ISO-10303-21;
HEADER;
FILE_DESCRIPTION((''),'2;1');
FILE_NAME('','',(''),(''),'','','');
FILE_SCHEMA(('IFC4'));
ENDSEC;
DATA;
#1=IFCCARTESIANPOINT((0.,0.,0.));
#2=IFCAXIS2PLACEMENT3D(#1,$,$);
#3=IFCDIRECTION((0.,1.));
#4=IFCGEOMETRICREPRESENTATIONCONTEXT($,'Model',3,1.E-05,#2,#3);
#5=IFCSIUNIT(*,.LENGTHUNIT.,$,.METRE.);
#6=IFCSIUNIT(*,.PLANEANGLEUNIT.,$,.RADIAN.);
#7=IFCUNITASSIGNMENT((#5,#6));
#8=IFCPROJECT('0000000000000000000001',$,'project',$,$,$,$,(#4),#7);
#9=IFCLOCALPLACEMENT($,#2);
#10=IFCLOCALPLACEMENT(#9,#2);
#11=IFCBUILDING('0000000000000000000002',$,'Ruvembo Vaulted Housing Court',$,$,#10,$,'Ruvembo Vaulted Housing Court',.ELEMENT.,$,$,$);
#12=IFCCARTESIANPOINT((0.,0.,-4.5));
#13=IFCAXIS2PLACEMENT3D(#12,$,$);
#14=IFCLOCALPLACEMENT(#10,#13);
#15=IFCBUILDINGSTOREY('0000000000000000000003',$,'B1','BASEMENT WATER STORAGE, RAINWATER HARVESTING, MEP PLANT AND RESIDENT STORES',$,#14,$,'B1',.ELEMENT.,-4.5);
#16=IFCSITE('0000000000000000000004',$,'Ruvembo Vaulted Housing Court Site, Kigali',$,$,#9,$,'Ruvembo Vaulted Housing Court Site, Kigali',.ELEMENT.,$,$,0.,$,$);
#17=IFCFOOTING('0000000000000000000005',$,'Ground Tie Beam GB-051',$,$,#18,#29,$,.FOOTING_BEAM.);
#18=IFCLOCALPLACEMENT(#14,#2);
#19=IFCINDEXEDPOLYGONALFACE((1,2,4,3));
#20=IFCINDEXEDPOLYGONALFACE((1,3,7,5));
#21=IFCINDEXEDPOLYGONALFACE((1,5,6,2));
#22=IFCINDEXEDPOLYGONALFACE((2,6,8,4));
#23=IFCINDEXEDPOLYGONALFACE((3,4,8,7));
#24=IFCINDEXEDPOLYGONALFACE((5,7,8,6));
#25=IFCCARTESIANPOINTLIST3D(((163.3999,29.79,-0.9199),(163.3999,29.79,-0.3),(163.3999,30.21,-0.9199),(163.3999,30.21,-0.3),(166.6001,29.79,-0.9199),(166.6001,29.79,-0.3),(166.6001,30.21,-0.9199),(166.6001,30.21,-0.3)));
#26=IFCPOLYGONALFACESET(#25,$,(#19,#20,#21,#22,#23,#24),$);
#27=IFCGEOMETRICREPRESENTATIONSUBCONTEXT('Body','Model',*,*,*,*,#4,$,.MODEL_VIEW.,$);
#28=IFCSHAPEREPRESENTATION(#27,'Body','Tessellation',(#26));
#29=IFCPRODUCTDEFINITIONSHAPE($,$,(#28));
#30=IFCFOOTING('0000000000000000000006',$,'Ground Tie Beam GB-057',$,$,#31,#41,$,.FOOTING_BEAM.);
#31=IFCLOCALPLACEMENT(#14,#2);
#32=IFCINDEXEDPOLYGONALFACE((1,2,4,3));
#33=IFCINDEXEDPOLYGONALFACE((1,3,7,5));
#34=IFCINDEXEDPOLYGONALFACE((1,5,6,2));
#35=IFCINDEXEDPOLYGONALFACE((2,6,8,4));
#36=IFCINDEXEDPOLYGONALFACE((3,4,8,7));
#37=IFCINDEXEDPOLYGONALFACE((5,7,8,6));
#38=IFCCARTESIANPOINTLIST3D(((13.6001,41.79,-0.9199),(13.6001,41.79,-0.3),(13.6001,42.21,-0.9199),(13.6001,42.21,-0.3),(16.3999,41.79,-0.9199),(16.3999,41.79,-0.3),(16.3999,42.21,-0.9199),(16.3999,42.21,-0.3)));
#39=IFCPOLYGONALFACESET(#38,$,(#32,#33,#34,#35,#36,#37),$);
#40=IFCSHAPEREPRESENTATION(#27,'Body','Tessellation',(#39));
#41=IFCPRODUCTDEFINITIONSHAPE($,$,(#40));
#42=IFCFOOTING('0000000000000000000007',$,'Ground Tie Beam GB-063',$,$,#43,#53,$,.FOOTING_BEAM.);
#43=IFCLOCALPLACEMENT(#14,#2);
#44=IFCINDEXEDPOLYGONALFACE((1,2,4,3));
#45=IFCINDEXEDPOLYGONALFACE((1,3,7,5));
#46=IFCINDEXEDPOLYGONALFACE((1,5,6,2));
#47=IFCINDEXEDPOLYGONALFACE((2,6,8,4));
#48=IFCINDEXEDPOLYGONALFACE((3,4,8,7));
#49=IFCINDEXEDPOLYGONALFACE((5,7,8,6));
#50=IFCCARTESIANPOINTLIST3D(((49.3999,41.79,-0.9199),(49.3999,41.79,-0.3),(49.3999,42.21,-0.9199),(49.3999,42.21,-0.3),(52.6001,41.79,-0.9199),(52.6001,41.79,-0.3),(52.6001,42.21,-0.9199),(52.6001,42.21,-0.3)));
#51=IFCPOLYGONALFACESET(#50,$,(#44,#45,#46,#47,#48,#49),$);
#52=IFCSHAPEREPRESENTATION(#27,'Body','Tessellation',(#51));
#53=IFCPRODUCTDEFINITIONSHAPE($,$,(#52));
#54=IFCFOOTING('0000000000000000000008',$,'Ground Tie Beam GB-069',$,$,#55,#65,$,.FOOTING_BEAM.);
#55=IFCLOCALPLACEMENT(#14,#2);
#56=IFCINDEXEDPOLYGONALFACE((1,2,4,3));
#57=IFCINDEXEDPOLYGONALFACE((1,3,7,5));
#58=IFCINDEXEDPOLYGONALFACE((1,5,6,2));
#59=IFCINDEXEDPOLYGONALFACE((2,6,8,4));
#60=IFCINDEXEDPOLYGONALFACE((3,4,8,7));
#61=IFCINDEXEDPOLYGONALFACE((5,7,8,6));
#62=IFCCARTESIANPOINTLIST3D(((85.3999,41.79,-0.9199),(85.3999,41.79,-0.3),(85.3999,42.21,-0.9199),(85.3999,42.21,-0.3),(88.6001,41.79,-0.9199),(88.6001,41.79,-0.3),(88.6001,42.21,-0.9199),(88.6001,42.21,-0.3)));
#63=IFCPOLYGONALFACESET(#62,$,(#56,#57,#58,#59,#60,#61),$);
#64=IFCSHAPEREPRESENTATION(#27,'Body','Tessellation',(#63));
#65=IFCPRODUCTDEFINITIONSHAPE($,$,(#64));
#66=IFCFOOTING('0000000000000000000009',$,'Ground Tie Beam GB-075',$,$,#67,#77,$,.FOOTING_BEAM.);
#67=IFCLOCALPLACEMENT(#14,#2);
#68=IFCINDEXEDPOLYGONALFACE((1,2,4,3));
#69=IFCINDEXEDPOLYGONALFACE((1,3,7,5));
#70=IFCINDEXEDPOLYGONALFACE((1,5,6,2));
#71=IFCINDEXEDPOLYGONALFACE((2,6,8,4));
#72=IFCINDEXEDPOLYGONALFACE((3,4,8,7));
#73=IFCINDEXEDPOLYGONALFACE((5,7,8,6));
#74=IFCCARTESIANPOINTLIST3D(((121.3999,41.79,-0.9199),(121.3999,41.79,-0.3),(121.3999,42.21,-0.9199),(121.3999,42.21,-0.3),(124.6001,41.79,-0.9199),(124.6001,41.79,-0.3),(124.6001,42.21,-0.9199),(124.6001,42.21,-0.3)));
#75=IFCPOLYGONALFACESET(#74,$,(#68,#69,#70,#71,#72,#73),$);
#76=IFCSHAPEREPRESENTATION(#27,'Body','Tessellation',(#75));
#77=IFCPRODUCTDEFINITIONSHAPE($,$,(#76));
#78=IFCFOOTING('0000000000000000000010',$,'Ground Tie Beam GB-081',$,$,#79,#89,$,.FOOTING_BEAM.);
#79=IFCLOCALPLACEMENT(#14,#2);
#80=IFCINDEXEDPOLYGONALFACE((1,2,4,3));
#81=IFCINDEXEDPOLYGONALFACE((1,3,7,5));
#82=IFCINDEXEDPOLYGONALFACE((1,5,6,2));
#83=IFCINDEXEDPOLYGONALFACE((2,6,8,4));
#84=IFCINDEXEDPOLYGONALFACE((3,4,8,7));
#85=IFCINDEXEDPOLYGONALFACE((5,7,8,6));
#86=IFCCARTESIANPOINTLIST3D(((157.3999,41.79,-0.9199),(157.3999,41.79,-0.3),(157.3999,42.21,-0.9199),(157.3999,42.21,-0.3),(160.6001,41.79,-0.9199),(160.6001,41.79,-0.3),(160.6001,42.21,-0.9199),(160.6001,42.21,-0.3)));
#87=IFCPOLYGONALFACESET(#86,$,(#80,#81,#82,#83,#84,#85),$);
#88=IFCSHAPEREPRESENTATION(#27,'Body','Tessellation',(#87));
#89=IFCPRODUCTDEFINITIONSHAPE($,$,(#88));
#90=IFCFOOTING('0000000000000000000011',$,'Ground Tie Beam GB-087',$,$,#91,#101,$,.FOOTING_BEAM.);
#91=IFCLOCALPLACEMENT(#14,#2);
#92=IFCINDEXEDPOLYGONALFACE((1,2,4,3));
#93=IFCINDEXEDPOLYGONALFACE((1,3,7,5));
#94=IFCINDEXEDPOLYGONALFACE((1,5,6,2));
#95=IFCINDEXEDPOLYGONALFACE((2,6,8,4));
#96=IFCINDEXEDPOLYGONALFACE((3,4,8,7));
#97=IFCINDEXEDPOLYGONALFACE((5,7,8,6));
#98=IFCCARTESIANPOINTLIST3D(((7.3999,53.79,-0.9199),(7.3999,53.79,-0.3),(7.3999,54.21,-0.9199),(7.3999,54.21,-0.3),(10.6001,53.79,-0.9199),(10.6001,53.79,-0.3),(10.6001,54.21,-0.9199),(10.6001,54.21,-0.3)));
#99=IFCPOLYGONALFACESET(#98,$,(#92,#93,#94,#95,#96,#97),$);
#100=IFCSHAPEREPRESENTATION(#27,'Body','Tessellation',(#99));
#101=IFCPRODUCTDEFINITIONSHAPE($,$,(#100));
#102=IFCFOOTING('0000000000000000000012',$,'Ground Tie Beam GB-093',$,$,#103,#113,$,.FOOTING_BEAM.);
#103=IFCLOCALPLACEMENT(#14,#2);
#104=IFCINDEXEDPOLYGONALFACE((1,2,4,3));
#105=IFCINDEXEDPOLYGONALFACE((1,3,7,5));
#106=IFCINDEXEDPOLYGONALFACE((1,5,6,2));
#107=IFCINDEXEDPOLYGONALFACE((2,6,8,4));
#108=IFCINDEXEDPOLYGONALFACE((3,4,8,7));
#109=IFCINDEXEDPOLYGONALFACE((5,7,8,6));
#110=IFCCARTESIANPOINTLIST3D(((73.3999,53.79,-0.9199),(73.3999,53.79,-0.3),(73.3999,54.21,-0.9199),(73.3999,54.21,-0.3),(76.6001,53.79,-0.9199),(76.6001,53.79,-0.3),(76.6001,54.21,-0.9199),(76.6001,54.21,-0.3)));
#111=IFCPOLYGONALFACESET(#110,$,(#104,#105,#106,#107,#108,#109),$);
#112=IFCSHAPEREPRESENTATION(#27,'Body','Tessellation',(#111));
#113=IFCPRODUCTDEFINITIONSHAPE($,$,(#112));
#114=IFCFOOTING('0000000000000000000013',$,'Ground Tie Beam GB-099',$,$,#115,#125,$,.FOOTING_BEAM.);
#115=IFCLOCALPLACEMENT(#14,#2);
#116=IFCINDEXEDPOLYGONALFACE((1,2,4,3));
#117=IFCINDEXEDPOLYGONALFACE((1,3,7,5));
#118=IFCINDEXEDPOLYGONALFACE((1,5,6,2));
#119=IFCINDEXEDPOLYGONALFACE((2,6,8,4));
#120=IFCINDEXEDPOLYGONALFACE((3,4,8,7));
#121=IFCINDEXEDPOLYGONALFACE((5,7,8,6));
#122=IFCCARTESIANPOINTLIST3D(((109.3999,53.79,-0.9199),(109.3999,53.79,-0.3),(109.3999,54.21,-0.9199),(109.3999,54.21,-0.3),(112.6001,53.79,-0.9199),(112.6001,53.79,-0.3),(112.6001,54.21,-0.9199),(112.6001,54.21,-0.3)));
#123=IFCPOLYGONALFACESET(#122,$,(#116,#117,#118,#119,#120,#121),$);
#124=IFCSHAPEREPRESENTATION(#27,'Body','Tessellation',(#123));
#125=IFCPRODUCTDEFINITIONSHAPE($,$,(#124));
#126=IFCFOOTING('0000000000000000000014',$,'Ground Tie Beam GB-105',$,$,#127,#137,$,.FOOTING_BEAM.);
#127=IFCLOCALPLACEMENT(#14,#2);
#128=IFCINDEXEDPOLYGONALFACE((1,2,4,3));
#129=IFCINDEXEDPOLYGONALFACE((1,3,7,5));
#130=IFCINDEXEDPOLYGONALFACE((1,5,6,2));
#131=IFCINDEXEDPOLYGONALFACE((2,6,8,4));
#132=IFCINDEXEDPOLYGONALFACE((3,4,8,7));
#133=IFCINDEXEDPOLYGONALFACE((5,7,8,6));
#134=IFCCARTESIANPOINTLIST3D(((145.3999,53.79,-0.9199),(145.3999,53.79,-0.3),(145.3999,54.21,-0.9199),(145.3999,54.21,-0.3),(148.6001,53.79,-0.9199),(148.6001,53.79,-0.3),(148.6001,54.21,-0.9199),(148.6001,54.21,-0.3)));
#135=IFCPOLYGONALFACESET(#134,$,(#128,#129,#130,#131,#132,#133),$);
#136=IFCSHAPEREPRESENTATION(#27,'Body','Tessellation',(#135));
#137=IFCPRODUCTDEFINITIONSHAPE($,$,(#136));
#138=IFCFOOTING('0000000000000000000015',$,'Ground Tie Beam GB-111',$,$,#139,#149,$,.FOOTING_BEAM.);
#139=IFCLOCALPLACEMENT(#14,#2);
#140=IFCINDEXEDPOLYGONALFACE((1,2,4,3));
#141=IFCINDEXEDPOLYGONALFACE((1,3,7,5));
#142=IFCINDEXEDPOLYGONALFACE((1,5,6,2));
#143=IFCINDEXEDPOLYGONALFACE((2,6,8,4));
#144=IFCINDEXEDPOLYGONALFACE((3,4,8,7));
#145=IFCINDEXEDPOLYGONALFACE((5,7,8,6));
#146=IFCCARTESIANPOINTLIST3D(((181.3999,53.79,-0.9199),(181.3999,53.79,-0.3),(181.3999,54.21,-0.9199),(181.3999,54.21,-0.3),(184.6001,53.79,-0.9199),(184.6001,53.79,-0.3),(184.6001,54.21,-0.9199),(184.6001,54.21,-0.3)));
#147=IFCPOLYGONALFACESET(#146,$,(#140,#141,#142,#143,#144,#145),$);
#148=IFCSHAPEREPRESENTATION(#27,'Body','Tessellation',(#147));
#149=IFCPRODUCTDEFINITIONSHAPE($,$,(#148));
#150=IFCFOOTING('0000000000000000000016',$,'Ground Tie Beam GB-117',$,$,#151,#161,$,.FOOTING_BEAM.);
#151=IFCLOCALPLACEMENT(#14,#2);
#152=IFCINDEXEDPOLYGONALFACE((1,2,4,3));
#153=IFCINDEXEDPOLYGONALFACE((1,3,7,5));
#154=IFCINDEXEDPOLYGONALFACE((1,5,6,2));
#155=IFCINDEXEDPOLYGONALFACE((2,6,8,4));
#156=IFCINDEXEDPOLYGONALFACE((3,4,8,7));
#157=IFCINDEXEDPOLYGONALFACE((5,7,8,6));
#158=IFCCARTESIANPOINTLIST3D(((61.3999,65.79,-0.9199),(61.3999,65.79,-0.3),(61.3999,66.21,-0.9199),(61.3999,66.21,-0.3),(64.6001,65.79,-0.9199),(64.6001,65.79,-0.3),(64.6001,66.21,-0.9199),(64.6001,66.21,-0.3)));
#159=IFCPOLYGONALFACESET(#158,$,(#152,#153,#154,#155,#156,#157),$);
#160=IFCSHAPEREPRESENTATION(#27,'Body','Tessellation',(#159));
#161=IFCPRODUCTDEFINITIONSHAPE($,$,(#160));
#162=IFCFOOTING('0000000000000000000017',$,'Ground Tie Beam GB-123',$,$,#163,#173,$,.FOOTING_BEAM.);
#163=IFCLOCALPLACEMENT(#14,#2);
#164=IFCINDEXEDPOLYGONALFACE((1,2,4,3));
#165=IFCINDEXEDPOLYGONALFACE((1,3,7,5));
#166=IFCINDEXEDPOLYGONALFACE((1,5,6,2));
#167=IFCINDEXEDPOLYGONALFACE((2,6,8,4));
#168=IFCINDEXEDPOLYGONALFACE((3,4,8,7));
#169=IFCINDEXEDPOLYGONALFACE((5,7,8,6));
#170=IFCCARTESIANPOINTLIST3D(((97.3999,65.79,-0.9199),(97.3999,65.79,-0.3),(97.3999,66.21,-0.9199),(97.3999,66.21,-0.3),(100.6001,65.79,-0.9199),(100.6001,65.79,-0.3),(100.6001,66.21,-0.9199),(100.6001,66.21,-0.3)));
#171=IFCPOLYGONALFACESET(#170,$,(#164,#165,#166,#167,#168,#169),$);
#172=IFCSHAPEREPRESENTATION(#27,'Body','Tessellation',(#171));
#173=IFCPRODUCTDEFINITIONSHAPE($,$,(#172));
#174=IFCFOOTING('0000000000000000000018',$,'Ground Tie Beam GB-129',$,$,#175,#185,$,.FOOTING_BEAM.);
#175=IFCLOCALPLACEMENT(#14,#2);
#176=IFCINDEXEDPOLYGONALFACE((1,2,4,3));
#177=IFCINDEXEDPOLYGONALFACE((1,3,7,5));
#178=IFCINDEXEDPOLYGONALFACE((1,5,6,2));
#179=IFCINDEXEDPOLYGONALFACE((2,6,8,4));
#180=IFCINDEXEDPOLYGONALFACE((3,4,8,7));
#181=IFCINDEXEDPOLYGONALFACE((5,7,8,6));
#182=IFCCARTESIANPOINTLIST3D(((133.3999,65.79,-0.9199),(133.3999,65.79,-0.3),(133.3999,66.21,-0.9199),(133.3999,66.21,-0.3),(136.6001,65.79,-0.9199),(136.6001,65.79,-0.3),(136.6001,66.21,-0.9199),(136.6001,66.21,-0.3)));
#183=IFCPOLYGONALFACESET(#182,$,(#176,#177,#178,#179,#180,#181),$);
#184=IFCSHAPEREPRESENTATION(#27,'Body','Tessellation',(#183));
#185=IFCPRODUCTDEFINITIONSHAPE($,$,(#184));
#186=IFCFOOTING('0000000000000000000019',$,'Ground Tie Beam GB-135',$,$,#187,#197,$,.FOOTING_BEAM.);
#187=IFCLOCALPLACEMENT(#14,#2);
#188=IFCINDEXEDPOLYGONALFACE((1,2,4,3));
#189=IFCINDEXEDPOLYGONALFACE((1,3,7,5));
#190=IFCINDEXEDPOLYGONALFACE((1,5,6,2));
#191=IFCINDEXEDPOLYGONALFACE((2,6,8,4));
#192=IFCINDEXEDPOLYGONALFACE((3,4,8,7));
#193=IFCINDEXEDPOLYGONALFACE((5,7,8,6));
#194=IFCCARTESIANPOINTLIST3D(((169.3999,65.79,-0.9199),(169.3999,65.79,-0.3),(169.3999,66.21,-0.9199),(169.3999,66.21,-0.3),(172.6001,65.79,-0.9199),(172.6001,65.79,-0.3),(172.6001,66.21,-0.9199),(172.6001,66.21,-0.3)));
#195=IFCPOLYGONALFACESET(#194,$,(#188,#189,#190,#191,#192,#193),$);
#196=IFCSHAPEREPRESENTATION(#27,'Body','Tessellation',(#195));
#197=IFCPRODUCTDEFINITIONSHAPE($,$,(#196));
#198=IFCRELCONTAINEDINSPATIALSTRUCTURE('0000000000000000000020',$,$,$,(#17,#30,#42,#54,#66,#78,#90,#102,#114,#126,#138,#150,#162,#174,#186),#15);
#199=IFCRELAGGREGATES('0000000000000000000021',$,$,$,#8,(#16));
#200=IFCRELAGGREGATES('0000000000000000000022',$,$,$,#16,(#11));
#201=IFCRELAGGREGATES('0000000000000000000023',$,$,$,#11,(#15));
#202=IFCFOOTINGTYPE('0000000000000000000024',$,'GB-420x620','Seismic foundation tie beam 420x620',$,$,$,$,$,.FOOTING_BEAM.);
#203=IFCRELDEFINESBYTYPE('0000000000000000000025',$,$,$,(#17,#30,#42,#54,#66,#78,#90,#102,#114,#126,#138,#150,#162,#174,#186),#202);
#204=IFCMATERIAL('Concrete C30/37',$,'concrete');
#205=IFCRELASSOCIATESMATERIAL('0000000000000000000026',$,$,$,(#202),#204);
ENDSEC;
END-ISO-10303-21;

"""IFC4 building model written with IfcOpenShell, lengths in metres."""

from ifc_helpers import new_model, si_unit, direction, frame, origin, place, context, subcontext, project, spatial, polyline, outline, extrude, material, type_object, element, save


model = new_model("IFC4")

# Units and contexts
model_context = context("Model", 3, precision=1e-05, world=origin(), true_north=direction((0.0, 1.0)))
body_context = subcontext(model_context, "Body", "Model", "MODEL_VIEW")
ifc_project = project(units=[si_unit("LENGTHUNIT", "METRE"), si_unit("PLANEANGLEUNIT", "RADIAN")], contexts=[model_context])

# Site, building, storey
site_placement = place(None, origin())
site = spatial("IfcSite", under=ifc_project, at=site_placement, Name="Ruvembo Vaulted Housing Court Site, Kigali", LongName="Ruvembo Vaulted Housing Court Site, Kigali", CompositionType="ELEMENT", RefElevation=0.0)
building_placement = place(site_placement, origin())
building = spatial("IfcBuilding", under=site, at=building_placement, Name="Ruvembo Vaulted Housing Court", LongName="Ruvembo Vaulted Housing Court", CompositionType="ELEMENT")
storey_placement = place(building_placement, frame((0.0, 0.0, -4.5)))
storey = spatial("IfcBuildingStorey", under=building, at=storey_placement, Name="B1", Description="BASEMENT WATER STORAGE, RAINWATER HARVESTING, MEP PLANT AND RESIDENT STORES", LongName="B1", CompositionType="ELEMENT", Elevation=-4.5)

# Footings
ifc_material = material(Name="Concrete C30/37", Category="concrete")
footing_type = type_object("IfcFootingType", Name="GB-420x620", Description="Seismic foundation tie beam 420x620", PredefinedType="FOOTING_BEAM", material=ifc_material)
footing_1_placement = place(storey_placement, frame((0.0, 0.0, -0.9199)))
element("IfcFooting", 1, at=footing_1_placement, inside=storey, type_object=footing_type, Name="Ground Tie Beam GB-051", PredefinedType="FOOTING_BEAM", context=body_context, shape_type="SweptSolid", body=[
    extrude(outline(polyline([(163.3999, 29.79), (166.6001, 29.79), (166.6001, 30.21), (163.3999, 30.21), (163.3999, 29.79)])), origin(), (0.0, 0.0, 1.0), 0.6199),
])
footing_2_placement = place(storey_placement, frame((0.0, 0.0, -0.9199)))
element("IfcFooting", 2, at=footing_2_placement, inside=storey, type_object=footing_type, Name="Ground Tie Beam GB-057", PredefinedType="FOOTING_BEAM", context=body_context, shape_type="SweptSolid", body=[
    extrude(outline(polyline([(13.6001, 41.79), (16.3999, 41.79), (16.3999, 42.21), (13.6001, 42.21), (13.6001, 41.79)])), origin(), (0.0, 0.0, 1.0), 0.6199),
])
footing_3_placement = place(storey_placement, frame((0.0, 0.0, -0.9199)))
element("IfcFooting", 3, at=footing_3_placement, inside=storey, type_object=footing_type, Name="Ground Tie Beam GB-063", PredefinedType="FOOTING_BEAM", context=body_context, shape_type="SweptSolid", body=[
    extrude(outline(polyline([(49.3999, 41.79), (52.6001, 41.79), (52.6001, 42.21), (49.3999, 42.21), (49.3999, 41.79)])), origin(), (0.0, 0.0, 1.0), 0.6199),
])
footing_4_placement = place(storey_placement, frame((0.0, 0.0, -0.9199)))
element("IfcFooting", 4, at=footing_4_placement, inside=storey, type_object=footing_type, Name="Ground Tie Beam GB-069", PredefinedType="FOOTING_BEAM", context=body_context, shape_type="SweptSolid", body=[
    extrude(outline(polyline([(85.3999, 41.79), (88.6001, 41.79), (88.6001, 42.21), (85.3999, 42.21), (85.3999, 41.79)])), origin(), (0.0, 0.0, 1.0), 0.6199),
])
footing_5_placement = place(storey_placement, frame((0.0, 0.0, -0.9199)))
element("IfcFooting", 5, at=footing_5_placement, inside=storey, type_object=footing_type, Name="Ground Tie Beam GB-075", PredefinedType="FOOTING_BEAM", context=body_context, shape_type="SweptSolid", body=[
    extrude(outline(polyline([(121.3999, 41.79), (124.6001, 41.79), (124.6001, 42.21), (121.3999, 42.21), (121.3999, 41.79)])), origin(), (0.0, 0.0, 1.0), 0.6199),
])
footing_6_placement = place(storey_placement, frame((0.0, 0.0, -0.9199)))
element("IfcFooting", 6, at=footing_6_placement, inside=storey, type_object=footing_type, Name="Ground Tie Beam GB-081", PredefinedType="FOOTING_BEAM", context=body_context, shape_type="SweptSolid", body=[
    extrude(outline(polyline([(157.3999, 41.79), (160.6001, 41.79), (160.6001, 42.21), (157.3999, 42.21), (157.3999, 41.79)])), origin(), (0.0, 0.0, 1.0), 0.6199),
])
footing_7_placement = place(storey_placement, frame((0.0, 0.0, -0.9199)))
element("IfcFooting", 7, at=footing_7_placement, inside=storey, type_object=footing_type, Name="Ground Tie Beam GB-087", PredefinedType="FOOTING_BEAM", context=body_context, shape_type="SweptSolid", body=[
    extrude(outline(polyline([(7.3999, 53.79), (10.6001, 53.79), (10.6001, 54.21), (7.3999, 54.21), (7.3999, 53.79)])), origin(), (0.0, 0.0, 1.0), 0.6199),
])
footing_8_placement = place(storey_placement, frame((0.0, 0.0, -0.9199)))
element("IfcFooting", 8, at=footing_8_placement, inside=storey, type_object=footing_type, Name="Ground Tie Beam GB-093", PredefinedType="FOOTING_BEAM", context=body_context, shape_type="SweptSolid", body=[
    extrude(outline(polyline([(73.3999, 53.79), (76.6001, 53.79), (76.6001, 54.21), (73.3999, 54.21), (73.3999, 53.79)])), origin(), (0.0, 0.0, 1.0), 0.6199),
])
footing_9_placement = place(storey_placement, frame((0.0, 0.0, -0.9199)))
element("IfcFooting", 9, at=footing_9_placement, inside=storey, type_object=footing_type, Name="Ground Tie Beam GB-099", PredefinedType="FOOTING_BEAM", context=body_context, shape_type="SweptSolid", body=[
    extrude(outline(polyline([(109.3999, 53.79), (112.6001, 53.79), (112.6001, 54.21), (109.3999, 54.21), (109.3999, 53.79)])), origin(), (0.0, 0.0, 1.0), 0.6199),
])
footing_10_placement = place(storey_placement, frame((0.0, 0.0, -0.9199)))
element("IfcFooting", 10, at=footing_10_placement, inside=storey, type_object=footing_type, Name="Ground Tie Beam GB-105", PredefinedType="FOOTING_BEAM", context=body_context, shape_type="SweptSolid", body=[
    extrude(outline(polyline([(145.3999, 53.79), (148.6001, 53.79), (148.6001, 54.21), (145.3999, 54.21), (145.3999, 53.79)])), origin(), (0.0, 0.0, 1.0), 0.6199),
])
footing_11_placement = place(storey_placement, frame((0.0, 0.0, -0.9199)))
element("IfcFooting", 11, at=footing_11_placement, inside=storey, type_object=footing_type, Name="Ground Tie Beam GB-111", PredefinedType="FOOTING_BEAM", context=body_context, shape_type="SweptSolid", body=[
    extrude(outline(polyline([(181.3999, 53.79), (184.6001, 53.79), (184.6001, 54.21), (181.3999, 54.21), (181.3999, 53.79)])), origin(), (0.0, 0.0, 1.0), 0.6199),
])
footing_12_placement = place(storey_placement, frame((0.0, 0.0, -0.9199)))
element("IfcFooting", 12, at=footing_12_placement, inside=storey, type_object=footing_type, Name="Ground Tie Beam GB-117", PredefinedType="FOOTING_BEAM", context=body_context, shape_type="SweptSolid", body=[
    extrude(outline(polyline([(61.3999, 65.79), (64.6001, 65.79), (64.6001, 66.21), (61.3999, 66.21), (61.3999, 65.79)])), origin(), (0.0, 0.0, 1.0), 0.6199),
])
footing_13_placement = place(storey_placement, frame((0.0, 0.0, -0.9199)))
element("IfcFooting", 13, at=footing_13_placement, inside=storey, type_object=footing_type, Name="Ground Tie Beam GB-123", PredefinedType="FOOTING_BEAM", context=body_context, shape_type="SweptSolid", body=[
    extrude(outline(polyline([(97.3999, 65.79), (100.6001, 65.79), (100.6001, 66.21), (97.3999, 66.21), (97.3999, 65.79)])), origin(), (0.0, 0.0, 1.0), 0.6199),
])
footing_14_placement = place(storey_placement, frame((0.0, 0.0, -0.9199)))
element("IfcFooting", 14, at=footing_14_placement, inside=storey, type_object=footing_type, Name="Ground Tie Beam GB-129", PredefinedType="FOOTING_BEAM", context=body_context, shape_type="SweptSolid", body=[
    extrude(outline(polyline([(133.3999, 65.79), (136.6001, 65.79), (136.6001, 66.21), (133.3999, 66.21), (133.3999, 65.79)])), origin(), (0.0, 0.0, 1.0), 0.6199),
])
footing_15_placement = place(storey_placement, frame((0.0, 0.0, -0.9199)))
element("IfcFooting", 15, at=footing_15_placement, inside=storey, type_object=footing_type, Name="Ground Tie Beam GB-135", PredefinedType="FOOTING_BEAM", context=body_context, shape_type="SweptSolid", body=[
    extrude(outline(polyline([(169.3999, 65.79), (172.6001, 65.79), (172.6001, 66.21), (169.3999, 66.21), (169.3999, 65.79)])), origin(), (0.0, 0.0, 1.0), 0.6199),
])

save(model, "model.ifc")
